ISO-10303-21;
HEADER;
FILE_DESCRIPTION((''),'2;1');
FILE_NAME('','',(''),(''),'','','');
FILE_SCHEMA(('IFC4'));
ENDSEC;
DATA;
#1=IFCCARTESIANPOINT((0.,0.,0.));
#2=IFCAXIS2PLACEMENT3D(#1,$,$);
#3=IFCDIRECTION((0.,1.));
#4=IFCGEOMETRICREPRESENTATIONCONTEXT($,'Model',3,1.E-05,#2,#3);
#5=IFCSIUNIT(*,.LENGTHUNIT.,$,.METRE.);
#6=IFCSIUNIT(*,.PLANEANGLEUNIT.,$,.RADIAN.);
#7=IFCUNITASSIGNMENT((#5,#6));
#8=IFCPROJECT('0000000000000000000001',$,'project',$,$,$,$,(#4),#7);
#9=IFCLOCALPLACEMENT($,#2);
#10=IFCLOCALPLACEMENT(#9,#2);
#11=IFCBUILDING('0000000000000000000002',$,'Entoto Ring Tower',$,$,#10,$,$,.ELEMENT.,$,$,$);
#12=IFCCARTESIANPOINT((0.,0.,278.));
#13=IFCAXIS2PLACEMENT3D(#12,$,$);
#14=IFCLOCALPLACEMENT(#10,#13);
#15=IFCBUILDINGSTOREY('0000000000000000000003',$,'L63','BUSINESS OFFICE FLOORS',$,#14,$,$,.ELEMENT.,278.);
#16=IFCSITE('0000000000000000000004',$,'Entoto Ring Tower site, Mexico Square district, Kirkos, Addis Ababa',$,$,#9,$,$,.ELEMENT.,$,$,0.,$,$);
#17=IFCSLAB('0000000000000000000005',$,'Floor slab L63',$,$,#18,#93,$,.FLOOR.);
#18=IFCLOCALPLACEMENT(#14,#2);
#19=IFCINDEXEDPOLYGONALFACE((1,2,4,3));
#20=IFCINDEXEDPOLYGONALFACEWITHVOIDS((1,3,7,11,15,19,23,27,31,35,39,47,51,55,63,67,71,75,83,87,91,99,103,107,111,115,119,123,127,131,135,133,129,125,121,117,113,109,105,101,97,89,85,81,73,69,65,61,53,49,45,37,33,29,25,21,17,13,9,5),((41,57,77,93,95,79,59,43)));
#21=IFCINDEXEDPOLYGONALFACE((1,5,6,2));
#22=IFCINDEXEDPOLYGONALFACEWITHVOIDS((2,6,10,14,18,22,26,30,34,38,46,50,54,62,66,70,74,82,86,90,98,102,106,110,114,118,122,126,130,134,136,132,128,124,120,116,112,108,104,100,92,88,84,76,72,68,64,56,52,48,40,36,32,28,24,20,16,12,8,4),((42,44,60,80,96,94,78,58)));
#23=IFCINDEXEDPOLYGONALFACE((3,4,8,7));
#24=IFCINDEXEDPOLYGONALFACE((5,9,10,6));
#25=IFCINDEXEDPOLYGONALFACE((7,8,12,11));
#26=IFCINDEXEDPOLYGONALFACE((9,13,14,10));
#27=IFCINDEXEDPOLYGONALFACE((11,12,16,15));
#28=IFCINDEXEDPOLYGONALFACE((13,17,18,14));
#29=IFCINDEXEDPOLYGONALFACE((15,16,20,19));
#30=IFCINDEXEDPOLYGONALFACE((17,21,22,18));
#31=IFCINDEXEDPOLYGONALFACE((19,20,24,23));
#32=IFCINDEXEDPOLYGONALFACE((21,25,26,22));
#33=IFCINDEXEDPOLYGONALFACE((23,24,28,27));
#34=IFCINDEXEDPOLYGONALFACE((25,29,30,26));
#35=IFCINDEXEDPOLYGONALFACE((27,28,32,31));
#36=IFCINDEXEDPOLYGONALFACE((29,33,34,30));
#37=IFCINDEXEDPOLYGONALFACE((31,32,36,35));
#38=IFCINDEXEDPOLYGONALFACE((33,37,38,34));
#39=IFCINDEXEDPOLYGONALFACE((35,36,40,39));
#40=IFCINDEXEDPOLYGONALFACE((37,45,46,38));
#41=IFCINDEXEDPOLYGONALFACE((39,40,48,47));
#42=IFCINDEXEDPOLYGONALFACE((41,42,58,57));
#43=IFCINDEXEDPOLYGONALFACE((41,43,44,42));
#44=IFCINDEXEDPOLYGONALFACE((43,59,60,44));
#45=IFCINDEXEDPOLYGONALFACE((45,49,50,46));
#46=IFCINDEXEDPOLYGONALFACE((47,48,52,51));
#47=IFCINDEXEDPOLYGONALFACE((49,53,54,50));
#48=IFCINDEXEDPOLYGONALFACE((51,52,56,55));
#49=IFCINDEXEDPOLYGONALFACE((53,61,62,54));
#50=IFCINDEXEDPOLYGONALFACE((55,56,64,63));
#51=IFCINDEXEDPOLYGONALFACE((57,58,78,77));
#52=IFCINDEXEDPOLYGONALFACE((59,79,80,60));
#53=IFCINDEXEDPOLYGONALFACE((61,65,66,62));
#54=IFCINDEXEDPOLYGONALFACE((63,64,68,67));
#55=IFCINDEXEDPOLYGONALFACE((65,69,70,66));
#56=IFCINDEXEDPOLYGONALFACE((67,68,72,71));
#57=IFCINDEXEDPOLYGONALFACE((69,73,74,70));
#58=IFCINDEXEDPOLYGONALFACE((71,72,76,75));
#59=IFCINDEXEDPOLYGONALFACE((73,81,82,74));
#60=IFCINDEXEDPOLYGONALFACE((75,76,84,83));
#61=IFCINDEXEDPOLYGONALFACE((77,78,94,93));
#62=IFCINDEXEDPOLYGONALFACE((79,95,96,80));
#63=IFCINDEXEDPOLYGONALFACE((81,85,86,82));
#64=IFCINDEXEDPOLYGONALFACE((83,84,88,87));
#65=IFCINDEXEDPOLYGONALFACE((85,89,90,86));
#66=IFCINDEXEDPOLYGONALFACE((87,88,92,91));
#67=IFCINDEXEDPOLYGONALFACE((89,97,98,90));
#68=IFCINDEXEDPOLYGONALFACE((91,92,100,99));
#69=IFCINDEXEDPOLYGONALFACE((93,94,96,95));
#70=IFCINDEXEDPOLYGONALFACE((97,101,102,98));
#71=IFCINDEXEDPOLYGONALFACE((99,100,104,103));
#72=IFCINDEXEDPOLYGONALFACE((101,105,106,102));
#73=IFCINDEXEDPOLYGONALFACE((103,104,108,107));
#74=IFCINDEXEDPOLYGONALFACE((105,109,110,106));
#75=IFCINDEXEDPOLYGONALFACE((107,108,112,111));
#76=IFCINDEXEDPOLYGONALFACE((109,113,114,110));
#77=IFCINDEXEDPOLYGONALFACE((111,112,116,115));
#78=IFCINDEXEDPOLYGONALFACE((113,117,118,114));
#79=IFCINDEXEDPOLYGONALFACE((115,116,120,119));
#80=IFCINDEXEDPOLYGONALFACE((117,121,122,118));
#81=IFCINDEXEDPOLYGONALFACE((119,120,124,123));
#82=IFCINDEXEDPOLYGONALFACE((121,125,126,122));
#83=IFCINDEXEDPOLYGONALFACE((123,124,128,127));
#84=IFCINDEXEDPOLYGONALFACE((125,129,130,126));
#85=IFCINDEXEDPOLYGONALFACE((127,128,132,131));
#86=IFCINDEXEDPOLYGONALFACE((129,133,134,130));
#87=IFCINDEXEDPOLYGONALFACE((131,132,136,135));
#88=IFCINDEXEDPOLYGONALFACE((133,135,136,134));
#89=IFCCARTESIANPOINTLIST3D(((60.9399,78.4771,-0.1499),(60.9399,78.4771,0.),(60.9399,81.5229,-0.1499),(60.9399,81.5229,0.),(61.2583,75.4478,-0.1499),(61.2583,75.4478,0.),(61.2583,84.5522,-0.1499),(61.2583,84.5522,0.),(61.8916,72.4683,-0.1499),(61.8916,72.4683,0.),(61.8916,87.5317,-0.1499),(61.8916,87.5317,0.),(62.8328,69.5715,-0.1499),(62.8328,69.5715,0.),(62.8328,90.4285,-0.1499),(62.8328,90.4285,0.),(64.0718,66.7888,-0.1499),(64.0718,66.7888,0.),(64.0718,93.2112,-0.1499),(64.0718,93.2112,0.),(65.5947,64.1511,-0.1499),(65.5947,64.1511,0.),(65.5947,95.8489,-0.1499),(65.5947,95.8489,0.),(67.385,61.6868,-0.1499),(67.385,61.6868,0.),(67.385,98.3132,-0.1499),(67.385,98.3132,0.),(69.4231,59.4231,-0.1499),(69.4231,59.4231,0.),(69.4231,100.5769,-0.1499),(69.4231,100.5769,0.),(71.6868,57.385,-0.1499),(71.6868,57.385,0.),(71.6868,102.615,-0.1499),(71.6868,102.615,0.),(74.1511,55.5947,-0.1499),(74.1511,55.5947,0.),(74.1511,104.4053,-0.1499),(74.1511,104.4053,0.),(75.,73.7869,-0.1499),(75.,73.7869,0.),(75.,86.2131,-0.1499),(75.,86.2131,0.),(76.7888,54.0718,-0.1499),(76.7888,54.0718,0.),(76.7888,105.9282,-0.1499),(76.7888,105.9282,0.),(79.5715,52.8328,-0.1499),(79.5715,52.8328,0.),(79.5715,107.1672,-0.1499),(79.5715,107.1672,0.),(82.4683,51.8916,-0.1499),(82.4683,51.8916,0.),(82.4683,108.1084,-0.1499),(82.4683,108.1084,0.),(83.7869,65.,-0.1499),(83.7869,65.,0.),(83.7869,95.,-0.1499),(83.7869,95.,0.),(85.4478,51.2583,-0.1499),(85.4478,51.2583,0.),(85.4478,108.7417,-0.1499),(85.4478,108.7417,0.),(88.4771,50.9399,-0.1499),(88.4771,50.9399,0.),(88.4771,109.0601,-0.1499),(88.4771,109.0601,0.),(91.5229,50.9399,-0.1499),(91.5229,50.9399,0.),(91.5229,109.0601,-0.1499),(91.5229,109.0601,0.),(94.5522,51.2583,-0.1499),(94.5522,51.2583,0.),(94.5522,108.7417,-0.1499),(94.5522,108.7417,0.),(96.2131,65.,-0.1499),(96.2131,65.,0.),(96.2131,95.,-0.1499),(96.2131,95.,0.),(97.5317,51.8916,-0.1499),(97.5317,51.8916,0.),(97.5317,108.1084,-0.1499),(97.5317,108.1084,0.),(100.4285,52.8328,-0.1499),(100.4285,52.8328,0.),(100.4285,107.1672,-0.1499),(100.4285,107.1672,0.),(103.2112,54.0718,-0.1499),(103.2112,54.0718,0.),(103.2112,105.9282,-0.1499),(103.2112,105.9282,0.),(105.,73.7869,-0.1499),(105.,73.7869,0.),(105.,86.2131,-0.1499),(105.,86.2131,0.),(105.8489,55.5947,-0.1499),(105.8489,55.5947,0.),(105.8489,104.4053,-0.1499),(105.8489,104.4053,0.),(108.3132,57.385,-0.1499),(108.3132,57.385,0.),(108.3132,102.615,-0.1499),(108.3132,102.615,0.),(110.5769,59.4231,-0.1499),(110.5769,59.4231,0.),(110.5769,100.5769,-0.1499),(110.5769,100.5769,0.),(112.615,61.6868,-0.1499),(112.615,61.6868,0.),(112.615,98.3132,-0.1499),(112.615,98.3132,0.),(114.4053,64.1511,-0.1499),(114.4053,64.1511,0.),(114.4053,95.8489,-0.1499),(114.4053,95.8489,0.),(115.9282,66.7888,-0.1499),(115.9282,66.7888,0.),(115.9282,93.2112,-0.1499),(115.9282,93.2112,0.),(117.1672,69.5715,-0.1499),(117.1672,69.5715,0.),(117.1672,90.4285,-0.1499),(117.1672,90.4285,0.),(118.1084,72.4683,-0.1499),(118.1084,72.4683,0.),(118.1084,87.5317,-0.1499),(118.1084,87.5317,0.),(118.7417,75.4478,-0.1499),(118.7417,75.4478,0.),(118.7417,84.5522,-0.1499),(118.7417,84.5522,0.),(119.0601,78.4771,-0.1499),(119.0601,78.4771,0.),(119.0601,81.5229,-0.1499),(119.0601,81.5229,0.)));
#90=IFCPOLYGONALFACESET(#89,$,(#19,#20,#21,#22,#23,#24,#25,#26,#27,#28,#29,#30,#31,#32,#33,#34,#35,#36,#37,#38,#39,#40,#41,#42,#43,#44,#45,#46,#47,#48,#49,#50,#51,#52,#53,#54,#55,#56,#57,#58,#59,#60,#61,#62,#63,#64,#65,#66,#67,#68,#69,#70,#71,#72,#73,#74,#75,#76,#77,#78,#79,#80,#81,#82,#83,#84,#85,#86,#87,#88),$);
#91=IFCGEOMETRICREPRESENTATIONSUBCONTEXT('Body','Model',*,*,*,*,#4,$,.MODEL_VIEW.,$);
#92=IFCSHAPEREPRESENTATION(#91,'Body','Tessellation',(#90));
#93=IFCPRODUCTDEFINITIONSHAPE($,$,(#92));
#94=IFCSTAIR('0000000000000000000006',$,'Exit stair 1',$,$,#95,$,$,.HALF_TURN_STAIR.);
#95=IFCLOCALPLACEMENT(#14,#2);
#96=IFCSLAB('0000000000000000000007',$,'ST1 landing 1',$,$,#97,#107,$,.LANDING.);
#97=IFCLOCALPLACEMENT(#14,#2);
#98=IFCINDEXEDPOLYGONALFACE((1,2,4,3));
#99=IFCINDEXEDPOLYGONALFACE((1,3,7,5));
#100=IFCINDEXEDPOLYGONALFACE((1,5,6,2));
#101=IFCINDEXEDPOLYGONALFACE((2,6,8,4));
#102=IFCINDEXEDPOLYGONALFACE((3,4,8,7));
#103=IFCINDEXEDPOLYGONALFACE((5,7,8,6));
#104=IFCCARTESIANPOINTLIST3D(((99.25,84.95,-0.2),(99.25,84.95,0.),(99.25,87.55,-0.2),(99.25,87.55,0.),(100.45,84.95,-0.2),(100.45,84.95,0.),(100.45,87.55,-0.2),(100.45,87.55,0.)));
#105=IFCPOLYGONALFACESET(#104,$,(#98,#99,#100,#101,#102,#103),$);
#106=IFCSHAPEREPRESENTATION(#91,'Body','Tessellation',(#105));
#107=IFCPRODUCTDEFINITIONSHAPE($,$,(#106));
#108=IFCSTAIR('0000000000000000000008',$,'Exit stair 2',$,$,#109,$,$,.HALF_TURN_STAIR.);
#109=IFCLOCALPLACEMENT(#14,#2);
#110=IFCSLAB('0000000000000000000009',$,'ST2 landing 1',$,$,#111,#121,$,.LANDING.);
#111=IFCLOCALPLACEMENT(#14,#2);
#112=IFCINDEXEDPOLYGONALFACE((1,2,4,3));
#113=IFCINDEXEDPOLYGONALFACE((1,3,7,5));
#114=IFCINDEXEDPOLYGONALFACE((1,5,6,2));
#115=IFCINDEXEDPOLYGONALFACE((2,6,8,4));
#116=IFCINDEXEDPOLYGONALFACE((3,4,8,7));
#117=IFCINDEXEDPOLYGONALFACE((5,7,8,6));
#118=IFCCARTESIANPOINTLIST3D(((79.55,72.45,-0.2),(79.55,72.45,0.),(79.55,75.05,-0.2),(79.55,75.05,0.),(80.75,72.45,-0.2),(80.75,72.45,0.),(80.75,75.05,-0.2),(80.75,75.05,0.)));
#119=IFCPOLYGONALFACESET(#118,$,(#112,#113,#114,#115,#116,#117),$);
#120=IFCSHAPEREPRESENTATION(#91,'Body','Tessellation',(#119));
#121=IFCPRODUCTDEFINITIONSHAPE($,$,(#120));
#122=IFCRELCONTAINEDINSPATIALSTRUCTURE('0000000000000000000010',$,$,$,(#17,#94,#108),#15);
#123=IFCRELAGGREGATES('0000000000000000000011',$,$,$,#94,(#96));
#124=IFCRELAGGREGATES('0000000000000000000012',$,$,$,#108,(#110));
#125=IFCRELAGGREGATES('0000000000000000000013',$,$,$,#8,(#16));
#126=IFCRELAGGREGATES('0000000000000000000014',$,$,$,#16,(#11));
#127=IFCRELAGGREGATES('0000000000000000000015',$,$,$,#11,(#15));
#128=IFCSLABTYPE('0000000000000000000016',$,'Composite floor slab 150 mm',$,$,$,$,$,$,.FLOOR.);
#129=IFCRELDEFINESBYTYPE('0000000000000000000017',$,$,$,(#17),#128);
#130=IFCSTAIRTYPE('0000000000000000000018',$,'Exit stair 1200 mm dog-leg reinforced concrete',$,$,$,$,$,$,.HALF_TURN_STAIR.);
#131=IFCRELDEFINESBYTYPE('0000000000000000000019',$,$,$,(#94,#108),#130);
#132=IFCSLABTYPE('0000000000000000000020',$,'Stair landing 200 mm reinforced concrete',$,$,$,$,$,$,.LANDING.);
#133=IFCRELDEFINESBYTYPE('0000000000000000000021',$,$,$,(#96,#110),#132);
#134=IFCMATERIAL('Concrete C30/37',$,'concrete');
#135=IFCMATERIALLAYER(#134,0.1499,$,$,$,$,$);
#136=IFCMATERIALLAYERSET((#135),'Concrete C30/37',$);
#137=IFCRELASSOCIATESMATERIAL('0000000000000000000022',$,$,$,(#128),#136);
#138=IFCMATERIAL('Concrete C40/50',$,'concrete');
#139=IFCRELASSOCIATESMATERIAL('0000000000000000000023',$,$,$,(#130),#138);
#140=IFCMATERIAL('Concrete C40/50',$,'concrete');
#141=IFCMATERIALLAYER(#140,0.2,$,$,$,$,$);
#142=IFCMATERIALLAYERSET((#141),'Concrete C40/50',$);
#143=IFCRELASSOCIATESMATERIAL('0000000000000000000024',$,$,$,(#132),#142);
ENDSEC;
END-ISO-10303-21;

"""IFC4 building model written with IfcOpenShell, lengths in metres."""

from ifc_helpers import new_model, si_unit, direction, frame, origin, place, context, subcontext, project, spatial, polyline, outline, extrude, material, layer, layer_set, type_object, element, aggregate, save


model = new_model("IFC4")

# Units and contexts
model_context = context("Model", 3, precision=1e-05, world=origin(), true_north=direction((0.0, 1.0)))
body_context = subcontext(model_context, "Body", "Model", "MODEL_VIEW")
ifc_project = project(units=[si_unit("LENGTHUNIT", "METRE"), si_unit("PLANEANGLEUNIT", "RADIAN")], contexts=[model_context])

# Site, building, storey
site_placement = place(None, origin())
building_placement = place(site_placement, origin())
storey_placement = place(building_placement, frame((0.0, 0.0, 278.0)))
site = spatial("IfcSite", under=ifc_project, at=site_placement, Name="Entoto Ring Tower site, Mexico Square district, Kirkos, Addis Ababa", CompositionType="ELEMENT", RefElevation=0.0)
building = spatial("IfcBuilding", under=site, at=building_placement, Name="Entoto Ring Tower", CompositionType="ELEMENT")
storey = spatial("IfcBuildingStorey", under=building, at=storey_placement, Name="L63", Description="BUSINESS OFFICE FLOORS", CompositionType="ELEMENT", Elevation=278.0)

# Slab
ifc_material_1 = material(Name="Concrete C30/37", Category="concrete")
ifc_layer_1 = layer(ifc_material_1, 0.1499)
ifc_layer_set_1 = layer_set([ifc_layer_1], Name="Concrete C30/37")
slab_type_1 = type_object("IfcSlabType", Name="Composite floor slab 150 mm", PredefinedType="FLOOR", material=ifc_layer_set_1)
slab_1_placement = place(storey_placement, frame((0.0, 0.0, -0.1499)))
element("IfcSlab", 1, at=slab_1_placement, inside=storey, type_object=slab_type_1, Name="Floor slab L63", PredefinedType="FLOOR", context=body_context, shape_type="SweptSolid", body=[
    extrude(outline(polyline([(118.7417, 84.5522), (118.1084, 87.5317), (117.1672, 90.4285), (115.9282, 93.2112), (114.4053, 95.8489), (112.615, 98.3132), (110.5769, 100.5769), (108.3132, 102.615), (105.8489, 104.4053), (103.2112, 105.9282), (100.4285, 107.1672), (97.5317, 108.1084), (94.5522, 108.7417), (91.5229, 109.0601), (88.4771, 109.0601), (85.4478, 108.7417), (82.4683, 108.1084), (79.5715, 107.1672), (76.7888, 105.9282), (74.1511, 104.4053), (71.6868, 102.615), (69.4231, 100.5769), (67.385, 98.3132), (65.5947, 95.8489), (64.0718, 93.2112), (62.8328, 90.4285), (61.8916, 87.5317), (61.2583, 84.5522), (60.9399, 81.5229), (60.9399, 78.4771), (61.2583, 75.4478), (61.8916, 72.4683), (62.8328, 69.5715), (64.0718, 66.7888), (65.5947, 64.1511), (67.385, 61.6868), (69.4231, 59.4231), (71.6868, 57.385), (74.1511, 55.5947), (76.7888, 54.0718), (79.5715, 52.8328), (82.4683, 51.8916), (85.4478, 51.2583), (88.4771, 50.9399), (91.5229, 50.9399), (94.5522, 51.2583), (97.5317, 51.8916), (100.4285, 52.8328), (103.2112, 54.0718), (105.8489, 55.5947), (108.3132, 57.385), (110.5769, 59.4231), (112.615, 61.6868), (114.4053, 64.1511), (115.9282, 66.7888), (117.1672, 69.5715), (118.1084, 72.4683), (118.7417, 75.4478), (119.0601, 78.4771), (119.0601, 81.5229), (118.7417, 84.5522)]), holes=[polyline([(105.0, 73.7869), (105.0, 86.2131), (96.2131, 95.0), (83.7869, 95.0), (75.0, 86.2131), (75.0, 73.7869), (83.7869, 65.0), (96.2131, 65.0), (105.0, 73.7869)])]), origin(), (0.0, 0.0, 1.0), 0.1499),
])

# Stairs, slabs
ifc_material_2 = material(Name="Concrete C40/50", Category="concrete")
stair_type = type_object("IfcStairType", Name="Exit stair 1200 mm dog-leg reinforced concrete", PredefinedType="HALF_TURN_STAIR", material=ifc_material_2)
stair_1_placement = place(storey_placement, origin())
stair_1 = element("IfcStair", 2, at=stair_1_placement, inside=storey, type_object=stair_type, Name="Exit stair 1", PredefinedType="HALF_TURN_STAIR")
ifc_material_3 = material(Name="Concrete C40/50", Category="concrete")
ifc_layer_2 = layer(ifc_material_3, 0.2)
ifc_layer_set_2 = layer_set([ifc_layer_2], Name="Concrete C40/50")
slab_type_2 = type_object("IfcSlabType", Name="Stair landing 200 mm reinforced concrete", PredefinedType="LANDING", material=ifc_layer_set_2)
slab_2_placement = place(storey_placement, frame((0.0, 0.0, -0.2)))
slab_2 = element("IfcSlab", 3, at=slab_2_placement, type_object=slab_type_2, Name="ST1 landing 1", PredefinedType="LANDING", context=body_context, shape_type="SweptSolid", body=[
    extrude(outline(polyline([(100.45, 84.95), (100.45, 87.55), (99.25, 87.55), (99.25, 84.95), (100.45, 84.95)])), origin(), (0.0, 0.0, 1.0), 0.2),
])
aggregate(stair_1, [slab_2])
stair_2_placement = place(storey_placement, origin())
stair_2 = element("IfcStair", 4, at=stair_2_placement, inside=storey, type_object=stair_type, Name="Exit stair 2", PredefinedType="HALF_TURN_STAIR")
slab_3_placement = place(storey_placement, frame((0.0, 0.0, -0.2)))
slab_3 = element("IfcSlab", 5, at=slab_3_placement, type_object=slab_type_2, Name="ST2 landing 1", PredefinedType="LANDING", context=body_context, shape_type="SweptSolid", body=[
    extrude(outline(polyline([(80.75, 72.45), (80.75, 75.05), (79.55, 75.05), (79.55, 72.45), (80.75, 72.45)])), origin(), (0.0, 0.0, 1.0), 0.2),
])
aggregate(stair_2, [slab_3])

save(model, "model.ifc")
